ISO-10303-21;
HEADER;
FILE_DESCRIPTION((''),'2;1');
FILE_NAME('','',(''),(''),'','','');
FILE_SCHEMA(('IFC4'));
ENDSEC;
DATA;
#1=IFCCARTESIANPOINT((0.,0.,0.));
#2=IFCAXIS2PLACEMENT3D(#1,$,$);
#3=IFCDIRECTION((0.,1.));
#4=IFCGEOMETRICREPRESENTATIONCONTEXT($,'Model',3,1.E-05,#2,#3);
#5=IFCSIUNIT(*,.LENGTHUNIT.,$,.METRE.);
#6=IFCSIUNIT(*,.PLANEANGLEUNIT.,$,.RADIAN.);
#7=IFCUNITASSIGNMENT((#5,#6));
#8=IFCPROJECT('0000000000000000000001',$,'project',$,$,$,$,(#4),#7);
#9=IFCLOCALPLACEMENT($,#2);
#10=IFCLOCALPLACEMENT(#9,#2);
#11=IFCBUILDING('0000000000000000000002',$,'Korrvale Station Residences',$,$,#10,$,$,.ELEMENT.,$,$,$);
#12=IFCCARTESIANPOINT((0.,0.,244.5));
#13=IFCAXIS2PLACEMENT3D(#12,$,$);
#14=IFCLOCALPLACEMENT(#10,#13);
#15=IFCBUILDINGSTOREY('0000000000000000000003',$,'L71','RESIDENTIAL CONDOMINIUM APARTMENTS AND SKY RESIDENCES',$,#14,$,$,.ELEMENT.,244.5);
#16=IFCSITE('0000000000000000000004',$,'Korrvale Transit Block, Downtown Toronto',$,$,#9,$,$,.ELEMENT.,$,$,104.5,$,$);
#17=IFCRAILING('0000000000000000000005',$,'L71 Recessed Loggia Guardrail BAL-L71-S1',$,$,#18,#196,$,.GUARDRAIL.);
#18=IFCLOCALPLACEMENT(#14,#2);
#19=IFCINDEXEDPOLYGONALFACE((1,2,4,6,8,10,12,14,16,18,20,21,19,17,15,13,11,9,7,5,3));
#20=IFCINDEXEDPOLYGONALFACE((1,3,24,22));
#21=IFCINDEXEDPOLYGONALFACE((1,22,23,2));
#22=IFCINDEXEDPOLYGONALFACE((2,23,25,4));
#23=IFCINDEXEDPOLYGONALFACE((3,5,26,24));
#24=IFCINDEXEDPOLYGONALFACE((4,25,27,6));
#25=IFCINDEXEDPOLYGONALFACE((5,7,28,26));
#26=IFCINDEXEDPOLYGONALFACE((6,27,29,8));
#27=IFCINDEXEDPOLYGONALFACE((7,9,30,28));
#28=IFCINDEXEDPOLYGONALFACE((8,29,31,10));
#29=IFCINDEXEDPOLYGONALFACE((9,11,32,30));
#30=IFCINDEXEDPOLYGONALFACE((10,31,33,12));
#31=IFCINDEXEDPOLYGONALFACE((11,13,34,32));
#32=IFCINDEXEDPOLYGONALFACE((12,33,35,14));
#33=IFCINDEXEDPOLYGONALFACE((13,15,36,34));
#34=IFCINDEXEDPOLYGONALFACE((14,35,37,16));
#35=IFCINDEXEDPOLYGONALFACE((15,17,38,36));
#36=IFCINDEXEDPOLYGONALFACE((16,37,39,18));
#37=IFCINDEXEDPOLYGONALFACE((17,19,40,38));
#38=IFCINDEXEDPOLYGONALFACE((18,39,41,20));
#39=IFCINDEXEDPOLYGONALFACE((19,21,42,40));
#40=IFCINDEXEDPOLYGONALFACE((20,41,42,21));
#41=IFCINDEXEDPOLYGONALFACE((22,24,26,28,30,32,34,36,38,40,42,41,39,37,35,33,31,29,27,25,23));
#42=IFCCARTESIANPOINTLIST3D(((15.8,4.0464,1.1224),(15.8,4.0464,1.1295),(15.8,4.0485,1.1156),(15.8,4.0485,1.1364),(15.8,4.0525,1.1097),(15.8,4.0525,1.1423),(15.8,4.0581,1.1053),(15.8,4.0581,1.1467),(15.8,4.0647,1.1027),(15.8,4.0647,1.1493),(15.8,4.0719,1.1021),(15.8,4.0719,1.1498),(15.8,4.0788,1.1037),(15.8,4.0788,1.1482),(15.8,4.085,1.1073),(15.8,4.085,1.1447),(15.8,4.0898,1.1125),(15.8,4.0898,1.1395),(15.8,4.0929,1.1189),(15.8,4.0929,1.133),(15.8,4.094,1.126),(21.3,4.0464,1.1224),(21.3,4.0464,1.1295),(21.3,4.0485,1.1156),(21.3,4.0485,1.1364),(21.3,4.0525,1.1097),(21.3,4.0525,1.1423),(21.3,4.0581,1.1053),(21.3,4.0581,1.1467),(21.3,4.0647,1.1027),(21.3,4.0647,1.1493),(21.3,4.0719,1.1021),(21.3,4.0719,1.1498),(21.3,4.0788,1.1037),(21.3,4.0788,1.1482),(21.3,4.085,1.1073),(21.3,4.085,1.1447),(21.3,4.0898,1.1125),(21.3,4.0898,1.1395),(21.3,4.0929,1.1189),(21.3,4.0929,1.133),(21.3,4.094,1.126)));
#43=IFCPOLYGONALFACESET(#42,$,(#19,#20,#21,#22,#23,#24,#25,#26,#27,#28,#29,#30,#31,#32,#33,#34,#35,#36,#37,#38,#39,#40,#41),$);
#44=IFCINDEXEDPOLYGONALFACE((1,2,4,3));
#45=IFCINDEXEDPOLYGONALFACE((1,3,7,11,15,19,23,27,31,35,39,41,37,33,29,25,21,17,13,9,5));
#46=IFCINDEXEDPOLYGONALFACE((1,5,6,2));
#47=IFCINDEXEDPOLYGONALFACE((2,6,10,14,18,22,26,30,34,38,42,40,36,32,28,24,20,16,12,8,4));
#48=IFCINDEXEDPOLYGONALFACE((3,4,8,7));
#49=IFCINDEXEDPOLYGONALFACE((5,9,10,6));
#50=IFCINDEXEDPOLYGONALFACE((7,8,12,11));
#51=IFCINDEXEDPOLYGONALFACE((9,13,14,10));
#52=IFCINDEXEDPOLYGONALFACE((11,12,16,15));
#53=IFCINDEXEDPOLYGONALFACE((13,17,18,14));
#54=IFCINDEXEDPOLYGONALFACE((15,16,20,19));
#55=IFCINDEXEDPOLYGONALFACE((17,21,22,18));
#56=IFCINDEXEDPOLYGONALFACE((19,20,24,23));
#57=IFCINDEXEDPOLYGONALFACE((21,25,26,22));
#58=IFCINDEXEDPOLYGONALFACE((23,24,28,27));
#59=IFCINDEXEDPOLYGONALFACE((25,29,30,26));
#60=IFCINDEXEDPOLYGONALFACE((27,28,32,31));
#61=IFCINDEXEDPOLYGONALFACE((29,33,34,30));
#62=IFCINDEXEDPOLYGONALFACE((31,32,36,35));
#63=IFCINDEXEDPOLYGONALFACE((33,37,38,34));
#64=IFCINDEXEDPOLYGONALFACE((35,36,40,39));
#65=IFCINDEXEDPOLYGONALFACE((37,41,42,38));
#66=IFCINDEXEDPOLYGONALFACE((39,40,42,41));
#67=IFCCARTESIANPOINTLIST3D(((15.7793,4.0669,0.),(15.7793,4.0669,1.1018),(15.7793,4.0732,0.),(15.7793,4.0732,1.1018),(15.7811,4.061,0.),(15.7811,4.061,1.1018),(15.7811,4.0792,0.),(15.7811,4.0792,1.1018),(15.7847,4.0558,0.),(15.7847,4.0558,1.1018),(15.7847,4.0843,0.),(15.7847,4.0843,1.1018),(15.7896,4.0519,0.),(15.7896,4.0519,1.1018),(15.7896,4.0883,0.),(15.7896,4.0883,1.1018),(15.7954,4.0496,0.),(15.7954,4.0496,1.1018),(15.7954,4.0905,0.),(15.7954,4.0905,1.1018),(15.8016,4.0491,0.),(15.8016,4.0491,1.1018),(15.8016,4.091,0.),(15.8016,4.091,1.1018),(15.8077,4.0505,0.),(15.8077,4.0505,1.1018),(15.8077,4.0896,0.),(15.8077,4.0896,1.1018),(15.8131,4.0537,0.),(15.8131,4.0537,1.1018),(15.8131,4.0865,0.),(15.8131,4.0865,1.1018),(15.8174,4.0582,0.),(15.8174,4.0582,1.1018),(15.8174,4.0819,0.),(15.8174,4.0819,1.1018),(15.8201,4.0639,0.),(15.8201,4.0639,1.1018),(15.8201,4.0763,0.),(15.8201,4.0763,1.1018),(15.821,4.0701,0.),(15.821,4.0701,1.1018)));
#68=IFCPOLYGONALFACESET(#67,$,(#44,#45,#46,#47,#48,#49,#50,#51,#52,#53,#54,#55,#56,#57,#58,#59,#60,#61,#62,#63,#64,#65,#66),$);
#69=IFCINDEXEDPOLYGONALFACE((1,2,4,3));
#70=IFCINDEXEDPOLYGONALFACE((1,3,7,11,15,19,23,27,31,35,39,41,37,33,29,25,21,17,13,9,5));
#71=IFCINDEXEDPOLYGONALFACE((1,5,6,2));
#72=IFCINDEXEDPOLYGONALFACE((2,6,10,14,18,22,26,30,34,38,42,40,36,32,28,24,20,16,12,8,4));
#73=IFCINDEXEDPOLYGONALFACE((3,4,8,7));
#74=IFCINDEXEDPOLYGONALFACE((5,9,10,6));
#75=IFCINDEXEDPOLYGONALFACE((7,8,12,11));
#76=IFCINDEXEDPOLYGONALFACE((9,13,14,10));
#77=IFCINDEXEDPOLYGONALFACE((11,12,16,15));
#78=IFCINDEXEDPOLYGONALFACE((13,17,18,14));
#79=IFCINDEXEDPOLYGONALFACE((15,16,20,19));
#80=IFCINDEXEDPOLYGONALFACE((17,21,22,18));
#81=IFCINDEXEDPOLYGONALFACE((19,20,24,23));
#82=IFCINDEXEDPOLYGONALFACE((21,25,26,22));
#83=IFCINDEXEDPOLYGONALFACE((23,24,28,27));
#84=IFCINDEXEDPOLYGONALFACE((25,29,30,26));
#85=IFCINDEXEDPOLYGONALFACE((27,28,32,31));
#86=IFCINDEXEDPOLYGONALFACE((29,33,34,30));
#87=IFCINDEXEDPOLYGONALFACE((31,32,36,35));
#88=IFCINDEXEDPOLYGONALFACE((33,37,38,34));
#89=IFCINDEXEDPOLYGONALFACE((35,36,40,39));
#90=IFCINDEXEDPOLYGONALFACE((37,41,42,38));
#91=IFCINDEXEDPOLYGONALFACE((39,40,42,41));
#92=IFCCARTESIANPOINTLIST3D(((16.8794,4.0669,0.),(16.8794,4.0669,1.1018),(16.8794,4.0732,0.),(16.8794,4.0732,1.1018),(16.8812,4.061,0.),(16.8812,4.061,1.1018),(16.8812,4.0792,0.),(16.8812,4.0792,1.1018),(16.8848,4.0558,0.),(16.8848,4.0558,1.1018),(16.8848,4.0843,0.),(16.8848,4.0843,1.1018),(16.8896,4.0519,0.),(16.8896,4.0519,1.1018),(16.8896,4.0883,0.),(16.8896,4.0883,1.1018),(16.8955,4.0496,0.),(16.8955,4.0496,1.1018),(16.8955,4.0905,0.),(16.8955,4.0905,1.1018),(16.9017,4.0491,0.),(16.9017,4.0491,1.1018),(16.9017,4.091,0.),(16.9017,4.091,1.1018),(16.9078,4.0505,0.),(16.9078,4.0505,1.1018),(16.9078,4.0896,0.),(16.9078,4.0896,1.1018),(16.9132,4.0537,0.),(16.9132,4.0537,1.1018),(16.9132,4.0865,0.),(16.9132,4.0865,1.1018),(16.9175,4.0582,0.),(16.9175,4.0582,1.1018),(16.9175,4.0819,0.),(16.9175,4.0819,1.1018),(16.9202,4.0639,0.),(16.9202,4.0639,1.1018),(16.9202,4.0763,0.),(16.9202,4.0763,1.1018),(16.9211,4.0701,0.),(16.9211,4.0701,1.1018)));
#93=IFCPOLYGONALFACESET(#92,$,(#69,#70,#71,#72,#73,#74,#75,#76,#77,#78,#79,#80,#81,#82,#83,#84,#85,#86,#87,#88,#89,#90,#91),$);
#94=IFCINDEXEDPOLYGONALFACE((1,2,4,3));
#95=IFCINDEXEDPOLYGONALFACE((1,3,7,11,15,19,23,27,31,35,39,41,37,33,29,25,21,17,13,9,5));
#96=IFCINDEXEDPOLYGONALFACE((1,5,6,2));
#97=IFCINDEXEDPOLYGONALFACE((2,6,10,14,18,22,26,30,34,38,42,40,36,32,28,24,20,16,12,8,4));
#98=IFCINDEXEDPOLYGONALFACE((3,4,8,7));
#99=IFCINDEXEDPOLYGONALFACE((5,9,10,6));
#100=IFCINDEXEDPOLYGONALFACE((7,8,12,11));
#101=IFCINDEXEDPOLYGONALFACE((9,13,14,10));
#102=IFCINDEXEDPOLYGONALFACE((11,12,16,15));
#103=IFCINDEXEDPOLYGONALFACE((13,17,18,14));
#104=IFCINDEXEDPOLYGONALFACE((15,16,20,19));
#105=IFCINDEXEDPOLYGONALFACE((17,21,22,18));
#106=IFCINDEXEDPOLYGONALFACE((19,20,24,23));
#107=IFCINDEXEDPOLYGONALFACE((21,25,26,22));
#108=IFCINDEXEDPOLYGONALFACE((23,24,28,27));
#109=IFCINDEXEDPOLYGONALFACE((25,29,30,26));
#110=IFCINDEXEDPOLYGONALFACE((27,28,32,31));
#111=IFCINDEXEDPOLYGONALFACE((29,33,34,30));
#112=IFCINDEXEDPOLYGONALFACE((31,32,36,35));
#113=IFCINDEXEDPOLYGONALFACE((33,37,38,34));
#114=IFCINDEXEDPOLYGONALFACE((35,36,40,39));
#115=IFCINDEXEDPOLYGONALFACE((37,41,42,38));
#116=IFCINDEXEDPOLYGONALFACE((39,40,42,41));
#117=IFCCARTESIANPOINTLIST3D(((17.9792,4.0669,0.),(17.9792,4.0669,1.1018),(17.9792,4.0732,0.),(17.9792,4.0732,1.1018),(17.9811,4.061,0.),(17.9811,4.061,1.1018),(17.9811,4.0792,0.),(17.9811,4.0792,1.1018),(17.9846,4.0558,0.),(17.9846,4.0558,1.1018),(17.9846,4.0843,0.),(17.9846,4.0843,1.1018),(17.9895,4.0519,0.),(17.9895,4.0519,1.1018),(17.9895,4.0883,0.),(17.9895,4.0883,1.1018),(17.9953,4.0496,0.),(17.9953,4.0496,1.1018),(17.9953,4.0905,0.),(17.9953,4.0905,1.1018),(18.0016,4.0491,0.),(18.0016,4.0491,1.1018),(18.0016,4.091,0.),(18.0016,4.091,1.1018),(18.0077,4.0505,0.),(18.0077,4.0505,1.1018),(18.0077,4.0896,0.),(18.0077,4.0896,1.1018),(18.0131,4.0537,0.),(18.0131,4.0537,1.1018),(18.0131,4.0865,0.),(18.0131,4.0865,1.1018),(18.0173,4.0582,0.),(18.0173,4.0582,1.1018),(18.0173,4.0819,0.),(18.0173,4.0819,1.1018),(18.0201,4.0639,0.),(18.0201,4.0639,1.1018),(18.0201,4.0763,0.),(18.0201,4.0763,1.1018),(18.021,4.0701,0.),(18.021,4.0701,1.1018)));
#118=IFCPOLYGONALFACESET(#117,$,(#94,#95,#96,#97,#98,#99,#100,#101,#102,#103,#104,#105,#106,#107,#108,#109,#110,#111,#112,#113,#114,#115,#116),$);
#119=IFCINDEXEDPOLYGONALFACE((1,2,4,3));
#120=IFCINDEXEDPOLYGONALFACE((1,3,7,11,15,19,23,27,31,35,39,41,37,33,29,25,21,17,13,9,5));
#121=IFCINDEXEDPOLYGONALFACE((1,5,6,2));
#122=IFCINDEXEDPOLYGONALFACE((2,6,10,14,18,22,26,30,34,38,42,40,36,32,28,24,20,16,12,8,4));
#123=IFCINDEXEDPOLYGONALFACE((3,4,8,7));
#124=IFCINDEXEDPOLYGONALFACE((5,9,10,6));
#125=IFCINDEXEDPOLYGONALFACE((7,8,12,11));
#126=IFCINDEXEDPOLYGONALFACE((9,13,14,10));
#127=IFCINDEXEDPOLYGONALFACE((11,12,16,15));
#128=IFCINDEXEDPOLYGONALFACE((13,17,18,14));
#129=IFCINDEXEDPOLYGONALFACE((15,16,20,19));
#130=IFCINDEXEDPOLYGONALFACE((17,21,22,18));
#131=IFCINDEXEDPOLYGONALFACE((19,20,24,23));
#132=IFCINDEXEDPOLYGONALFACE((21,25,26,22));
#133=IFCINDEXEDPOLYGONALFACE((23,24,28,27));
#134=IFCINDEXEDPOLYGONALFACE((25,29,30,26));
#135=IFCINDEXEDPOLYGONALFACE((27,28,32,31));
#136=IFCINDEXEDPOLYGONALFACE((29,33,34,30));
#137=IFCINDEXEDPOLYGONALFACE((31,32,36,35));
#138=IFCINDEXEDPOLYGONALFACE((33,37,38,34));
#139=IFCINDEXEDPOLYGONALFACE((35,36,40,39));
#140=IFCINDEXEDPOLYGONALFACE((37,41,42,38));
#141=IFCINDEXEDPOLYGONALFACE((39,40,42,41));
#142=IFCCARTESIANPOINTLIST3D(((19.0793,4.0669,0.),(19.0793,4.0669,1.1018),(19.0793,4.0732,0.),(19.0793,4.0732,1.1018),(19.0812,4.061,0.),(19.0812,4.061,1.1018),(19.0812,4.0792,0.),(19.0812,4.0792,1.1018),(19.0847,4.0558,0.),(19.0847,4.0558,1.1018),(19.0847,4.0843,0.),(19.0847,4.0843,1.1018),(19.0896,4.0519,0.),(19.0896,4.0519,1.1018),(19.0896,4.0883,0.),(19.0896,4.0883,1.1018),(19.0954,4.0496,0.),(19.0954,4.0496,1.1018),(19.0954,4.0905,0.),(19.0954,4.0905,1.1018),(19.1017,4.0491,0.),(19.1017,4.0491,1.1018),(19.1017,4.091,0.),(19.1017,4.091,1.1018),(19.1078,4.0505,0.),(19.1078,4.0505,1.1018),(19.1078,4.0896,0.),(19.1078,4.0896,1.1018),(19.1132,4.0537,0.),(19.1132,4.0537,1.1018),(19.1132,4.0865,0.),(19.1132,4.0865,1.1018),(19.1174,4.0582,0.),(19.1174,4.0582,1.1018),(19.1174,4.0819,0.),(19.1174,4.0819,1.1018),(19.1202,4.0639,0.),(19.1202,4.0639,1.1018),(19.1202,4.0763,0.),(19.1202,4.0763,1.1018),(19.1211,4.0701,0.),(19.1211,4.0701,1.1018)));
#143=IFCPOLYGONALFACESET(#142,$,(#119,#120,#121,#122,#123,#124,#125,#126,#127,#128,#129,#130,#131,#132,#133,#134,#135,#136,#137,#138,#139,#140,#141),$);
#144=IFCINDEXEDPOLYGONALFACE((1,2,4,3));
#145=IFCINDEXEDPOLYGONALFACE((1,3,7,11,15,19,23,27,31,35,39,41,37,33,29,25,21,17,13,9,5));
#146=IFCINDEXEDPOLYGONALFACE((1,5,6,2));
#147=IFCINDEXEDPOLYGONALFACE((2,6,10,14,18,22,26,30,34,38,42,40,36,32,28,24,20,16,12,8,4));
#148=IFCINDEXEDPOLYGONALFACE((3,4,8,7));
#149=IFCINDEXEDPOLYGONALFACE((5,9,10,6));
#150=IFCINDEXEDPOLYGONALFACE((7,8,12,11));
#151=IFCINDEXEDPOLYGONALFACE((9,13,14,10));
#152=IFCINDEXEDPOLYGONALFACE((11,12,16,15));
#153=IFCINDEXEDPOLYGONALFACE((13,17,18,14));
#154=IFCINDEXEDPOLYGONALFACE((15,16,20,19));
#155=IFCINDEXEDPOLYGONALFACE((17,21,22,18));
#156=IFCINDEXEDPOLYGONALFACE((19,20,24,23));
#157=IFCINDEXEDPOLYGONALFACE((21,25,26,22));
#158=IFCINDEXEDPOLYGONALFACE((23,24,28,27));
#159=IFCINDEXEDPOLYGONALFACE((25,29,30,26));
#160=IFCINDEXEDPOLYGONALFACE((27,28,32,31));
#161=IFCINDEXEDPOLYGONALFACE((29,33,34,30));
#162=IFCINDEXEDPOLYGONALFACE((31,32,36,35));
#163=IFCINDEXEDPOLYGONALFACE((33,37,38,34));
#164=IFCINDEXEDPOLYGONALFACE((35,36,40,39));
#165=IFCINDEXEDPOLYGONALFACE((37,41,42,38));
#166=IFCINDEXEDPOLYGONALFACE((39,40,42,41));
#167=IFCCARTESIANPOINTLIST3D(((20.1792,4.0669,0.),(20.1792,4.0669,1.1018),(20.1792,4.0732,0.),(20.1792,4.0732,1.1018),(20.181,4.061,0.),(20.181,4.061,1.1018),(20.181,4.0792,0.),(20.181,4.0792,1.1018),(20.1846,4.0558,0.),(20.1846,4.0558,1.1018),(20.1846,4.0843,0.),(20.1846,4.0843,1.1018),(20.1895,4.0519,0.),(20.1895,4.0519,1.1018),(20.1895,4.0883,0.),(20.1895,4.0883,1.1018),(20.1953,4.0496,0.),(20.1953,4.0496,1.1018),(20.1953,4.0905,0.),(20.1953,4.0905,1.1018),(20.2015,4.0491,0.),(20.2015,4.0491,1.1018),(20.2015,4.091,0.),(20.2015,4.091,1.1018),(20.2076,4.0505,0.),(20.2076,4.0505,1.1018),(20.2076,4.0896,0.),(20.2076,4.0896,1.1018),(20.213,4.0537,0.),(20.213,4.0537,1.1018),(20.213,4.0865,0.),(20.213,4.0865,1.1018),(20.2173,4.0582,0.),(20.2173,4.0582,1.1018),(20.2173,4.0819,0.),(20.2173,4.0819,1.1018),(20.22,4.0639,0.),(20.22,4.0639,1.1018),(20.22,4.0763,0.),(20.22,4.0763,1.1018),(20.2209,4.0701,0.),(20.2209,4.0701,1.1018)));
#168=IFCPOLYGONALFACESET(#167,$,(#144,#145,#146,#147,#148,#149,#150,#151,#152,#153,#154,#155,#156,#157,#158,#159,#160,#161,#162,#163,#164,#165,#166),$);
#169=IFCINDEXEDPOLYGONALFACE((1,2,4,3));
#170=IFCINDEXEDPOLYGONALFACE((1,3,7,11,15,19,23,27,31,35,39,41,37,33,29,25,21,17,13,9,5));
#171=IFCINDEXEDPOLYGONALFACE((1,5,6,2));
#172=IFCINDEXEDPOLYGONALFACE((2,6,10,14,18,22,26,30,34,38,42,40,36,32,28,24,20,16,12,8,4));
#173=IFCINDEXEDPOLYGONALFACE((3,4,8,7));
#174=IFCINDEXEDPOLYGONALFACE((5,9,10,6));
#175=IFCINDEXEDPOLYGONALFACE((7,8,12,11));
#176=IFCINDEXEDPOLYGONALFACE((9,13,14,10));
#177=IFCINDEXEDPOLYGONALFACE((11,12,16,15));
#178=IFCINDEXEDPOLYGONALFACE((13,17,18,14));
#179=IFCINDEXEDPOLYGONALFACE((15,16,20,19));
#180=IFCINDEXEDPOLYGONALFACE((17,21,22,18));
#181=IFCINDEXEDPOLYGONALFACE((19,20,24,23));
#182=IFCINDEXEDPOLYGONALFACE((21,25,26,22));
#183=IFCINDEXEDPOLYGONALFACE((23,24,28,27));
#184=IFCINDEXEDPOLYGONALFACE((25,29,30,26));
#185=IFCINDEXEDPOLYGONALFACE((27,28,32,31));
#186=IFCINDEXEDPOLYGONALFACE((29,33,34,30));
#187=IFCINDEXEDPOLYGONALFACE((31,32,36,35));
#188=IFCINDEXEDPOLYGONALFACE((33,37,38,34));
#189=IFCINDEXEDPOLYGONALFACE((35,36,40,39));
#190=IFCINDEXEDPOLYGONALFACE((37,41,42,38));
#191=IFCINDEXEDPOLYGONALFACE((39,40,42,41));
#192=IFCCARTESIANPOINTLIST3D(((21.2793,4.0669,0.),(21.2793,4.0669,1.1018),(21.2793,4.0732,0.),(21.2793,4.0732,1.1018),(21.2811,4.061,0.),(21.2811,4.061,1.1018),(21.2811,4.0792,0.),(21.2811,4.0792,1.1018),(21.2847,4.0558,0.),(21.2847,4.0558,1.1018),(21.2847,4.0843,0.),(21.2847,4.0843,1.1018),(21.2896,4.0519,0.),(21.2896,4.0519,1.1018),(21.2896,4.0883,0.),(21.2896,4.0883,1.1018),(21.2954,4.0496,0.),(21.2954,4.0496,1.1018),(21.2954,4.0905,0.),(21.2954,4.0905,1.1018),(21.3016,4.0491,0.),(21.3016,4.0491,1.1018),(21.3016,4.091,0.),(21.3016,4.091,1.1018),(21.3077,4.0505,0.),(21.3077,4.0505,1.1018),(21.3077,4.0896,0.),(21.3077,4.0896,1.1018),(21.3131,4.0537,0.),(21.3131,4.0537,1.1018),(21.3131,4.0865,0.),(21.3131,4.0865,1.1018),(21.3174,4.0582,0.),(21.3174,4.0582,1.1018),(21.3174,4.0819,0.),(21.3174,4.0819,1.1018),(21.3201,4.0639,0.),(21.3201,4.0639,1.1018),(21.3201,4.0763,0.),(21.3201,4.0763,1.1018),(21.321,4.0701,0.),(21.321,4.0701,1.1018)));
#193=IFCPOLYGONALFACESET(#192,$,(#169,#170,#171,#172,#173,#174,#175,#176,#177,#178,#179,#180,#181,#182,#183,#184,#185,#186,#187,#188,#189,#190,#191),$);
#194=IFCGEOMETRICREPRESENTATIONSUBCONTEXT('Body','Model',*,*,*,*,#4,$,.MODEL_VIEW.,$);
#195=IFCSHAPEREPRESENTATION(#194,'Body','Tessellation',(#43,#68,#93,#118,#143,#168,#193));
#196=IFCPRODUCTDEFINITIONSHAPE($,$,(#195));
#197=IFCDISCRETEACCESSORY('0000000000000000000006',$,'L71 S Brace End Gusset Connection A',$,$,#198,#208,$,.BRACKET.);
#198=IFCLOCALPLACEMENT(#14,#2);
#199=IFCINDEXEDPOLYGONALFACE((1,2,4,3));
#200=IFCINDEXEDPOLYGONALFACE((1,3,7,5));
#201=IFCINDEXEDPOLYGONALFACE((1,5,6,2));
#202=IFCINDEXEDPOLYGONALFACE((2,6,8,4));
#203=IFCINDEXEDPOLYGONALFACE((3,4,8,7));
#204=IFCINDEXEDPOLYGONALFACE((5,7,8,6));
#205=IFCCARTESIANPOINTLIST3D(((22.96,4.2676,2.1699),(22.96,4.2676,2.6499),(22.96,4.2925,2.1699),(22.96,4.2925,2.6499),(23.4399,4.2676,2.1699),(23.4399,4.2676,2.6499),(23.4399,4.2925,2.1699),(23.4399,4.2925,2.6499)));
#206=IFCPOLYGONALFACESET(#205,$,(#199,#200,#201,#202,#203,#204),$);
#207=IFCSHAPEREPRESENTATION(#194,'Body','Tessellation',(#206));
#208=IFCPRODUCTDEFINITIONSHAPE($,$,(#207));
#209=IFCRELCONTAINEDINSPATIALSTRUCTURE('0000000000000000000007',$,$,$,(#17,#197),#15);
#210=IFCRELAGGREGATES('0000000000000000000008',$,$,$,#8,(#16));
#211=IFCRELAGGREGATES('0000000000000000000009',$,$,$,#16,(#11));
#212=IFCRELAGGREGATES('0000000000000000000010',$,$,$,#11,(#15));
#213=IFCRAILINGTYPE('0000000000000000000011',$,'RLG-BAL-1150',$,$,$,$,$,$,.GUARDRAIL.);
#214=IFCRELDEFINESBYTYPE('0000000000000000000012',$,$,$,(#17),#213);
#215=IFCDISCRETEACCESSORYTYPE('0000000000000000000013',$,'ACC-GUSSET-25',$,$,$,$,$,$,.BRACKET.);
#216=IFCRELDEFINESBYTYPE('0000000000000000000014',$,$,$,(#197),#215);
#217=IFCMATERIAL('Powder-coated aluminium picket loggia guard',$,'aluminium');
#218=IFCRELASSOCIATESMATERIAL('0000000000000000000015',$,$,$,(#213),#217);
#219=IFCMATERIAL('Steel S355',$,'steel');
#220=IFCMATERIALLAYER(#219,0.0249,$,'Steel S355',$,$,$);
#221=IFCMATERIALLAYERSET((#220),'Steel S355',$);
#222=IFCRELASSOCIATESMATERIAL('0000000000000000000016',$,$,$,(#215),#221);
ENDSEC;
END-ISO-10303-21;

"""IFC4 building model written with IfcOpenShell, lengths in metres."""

from ifc_helpers import new_model, si_unit, direction, frame, origin, origin_2d, place, context, subcontext, project, spatial, rectangle, circle, extrude, material, layer, layer_set, type_object, element, save


model = new_model("IFC4")

# Units and contexts
model_context = context("Model", 3, precision=1e-05, world=origin(), true_north=direction((0.0, 1.0)))
body_context = subcontext(model_context, "Body", "Model", "MODEL_VIEW")
ifc_project = project(units=[si_unit("LENGTHUNIT", "METRE"), si_unit("PLANEANGLEUNIT", "RADIAN")], contexts=[model_context])

# Site, building, storey
site_placement = place(None, origin())
site = spatial("IfcSite", under=ifc_project, at=site_placement, Name="Korrvale Transit Block, Downtown Toronto", CompositionType="ELEMENT", RefElevation=104.5)
building_placement = place(site_placement, origin())
building = spatial("IfcBuilding", under=site, at=building_placement, Name="Korrvale Station Residences", CompositionType="ELEMENT")
storey_placement = place(building_placement, frame((0.0, 0.0, 244.5)))
storey = spatial("IfcBuildingStorey", under=building, at=storey_placement, Name="L71", Description="RESIDENTIAL CONDOMINIUM APARTMENTS AND SKY RESIDENCES", CompositionType="ELEMENT", Elevation=244.5)

# Shared definitions
ifc_material_1 = material(Name="Steel S355", Category="steel")

# Railing
ifc_material_2 = material(Name="Powder-coated aluminium picket loggia guard", Category="aluminium")
railing_type = type_object("IfcRailingType", Name="RLG-BAL-1150", PredefinedType="GUARDRAIL", material=ifc_material_2)
railing_placement = place(storey_placement, frame((15.8, 4.0701, 0.0)))
element("IfcRailing", 1, at=railing_placement, inside=storey, type_object=railing_type, Name="L71 Recessed Loggia Guardrail BAL-L71-S1", PredefinedType="GUARDRAIL", context=body_context, shape_type="SweptSolid", body=[
    extrude(circle(Radius=0.0239, at=origin_2d()), frame((0.0, 0.0, 1.126), z_axis=(1.0, 0.0, 0.0), x_axis=(0.0, 1.0, 0.0)), (0.0, 0.0, 1.0), 5.5),
    extrude(circle(Radius=0.021, at=origin_2d()), origin(), (0.0, 0.0, 1.0), 1.1018),
    extrude(circle(Radius=0.021, at=origin_2d()), frame((1.1001, 0.0, 0.0)), (0.0, 0.0, 1.0), 1.1018),
    extrude(circle(Radius=0.021, at=origin_2d()), frame((2.2, 0.0, 0.0)), (0.0, 0.0, 1.0), 1.1018),
    extrude(circle(Radius=0.021, at=origin_2d()), frame((3.3, 0.0, 0.0)), (0.0, 0.0, 1.0), 1.1018),
    extrude(circle(Radius=0.021, at=origin_2d()), frame((4.3999, 0.0, 0.0)), (0.0, 0.0, 1.0), 1.1018),
    extrude(circle(Radius=0.021, at=origin_2d()), frame((5.5, 0.0, 0.0)), (0.0, 0.0, 1.0), 1.1018),
])

# Discrete accessory
ifc_layer_1 = layer(ifc_material_1, 0.0249, Name="Steel S355")
ifc_layer_set_1 = layer_set([ifc_layer_1], Name="Steel S355")
discrete_accessory_type = type_object("IfcDiscreteAccessoryType", Name="ACC-GUSSET-25", PredefinedType="BRACKET", material=ifc_layer_set_1)
discrete_accessory_placement = place(storey_placement, frame((23.2, 4.28, 2.1699), z_axis=(0.0, 0.0, 1.0), x_axis=(1.0, 0.0, 0.0)))
element("IfcDiscreteAccessory", 2, at=discrete_accessory_placement, inside=storey, type_object=discrete_accessory_type, Name="L71 S Brace End Gusset Connection A", PredefinedType="BRACKET", context=body_context, shape_type="SweptSolid", body=[
    extrude(rectangle(XDim=0.48, YDim=0.0249, at=origin_2d()), origin(), (0.0, 0.0, 1.0), 0.48),
])

save(model, "model.ifc")
